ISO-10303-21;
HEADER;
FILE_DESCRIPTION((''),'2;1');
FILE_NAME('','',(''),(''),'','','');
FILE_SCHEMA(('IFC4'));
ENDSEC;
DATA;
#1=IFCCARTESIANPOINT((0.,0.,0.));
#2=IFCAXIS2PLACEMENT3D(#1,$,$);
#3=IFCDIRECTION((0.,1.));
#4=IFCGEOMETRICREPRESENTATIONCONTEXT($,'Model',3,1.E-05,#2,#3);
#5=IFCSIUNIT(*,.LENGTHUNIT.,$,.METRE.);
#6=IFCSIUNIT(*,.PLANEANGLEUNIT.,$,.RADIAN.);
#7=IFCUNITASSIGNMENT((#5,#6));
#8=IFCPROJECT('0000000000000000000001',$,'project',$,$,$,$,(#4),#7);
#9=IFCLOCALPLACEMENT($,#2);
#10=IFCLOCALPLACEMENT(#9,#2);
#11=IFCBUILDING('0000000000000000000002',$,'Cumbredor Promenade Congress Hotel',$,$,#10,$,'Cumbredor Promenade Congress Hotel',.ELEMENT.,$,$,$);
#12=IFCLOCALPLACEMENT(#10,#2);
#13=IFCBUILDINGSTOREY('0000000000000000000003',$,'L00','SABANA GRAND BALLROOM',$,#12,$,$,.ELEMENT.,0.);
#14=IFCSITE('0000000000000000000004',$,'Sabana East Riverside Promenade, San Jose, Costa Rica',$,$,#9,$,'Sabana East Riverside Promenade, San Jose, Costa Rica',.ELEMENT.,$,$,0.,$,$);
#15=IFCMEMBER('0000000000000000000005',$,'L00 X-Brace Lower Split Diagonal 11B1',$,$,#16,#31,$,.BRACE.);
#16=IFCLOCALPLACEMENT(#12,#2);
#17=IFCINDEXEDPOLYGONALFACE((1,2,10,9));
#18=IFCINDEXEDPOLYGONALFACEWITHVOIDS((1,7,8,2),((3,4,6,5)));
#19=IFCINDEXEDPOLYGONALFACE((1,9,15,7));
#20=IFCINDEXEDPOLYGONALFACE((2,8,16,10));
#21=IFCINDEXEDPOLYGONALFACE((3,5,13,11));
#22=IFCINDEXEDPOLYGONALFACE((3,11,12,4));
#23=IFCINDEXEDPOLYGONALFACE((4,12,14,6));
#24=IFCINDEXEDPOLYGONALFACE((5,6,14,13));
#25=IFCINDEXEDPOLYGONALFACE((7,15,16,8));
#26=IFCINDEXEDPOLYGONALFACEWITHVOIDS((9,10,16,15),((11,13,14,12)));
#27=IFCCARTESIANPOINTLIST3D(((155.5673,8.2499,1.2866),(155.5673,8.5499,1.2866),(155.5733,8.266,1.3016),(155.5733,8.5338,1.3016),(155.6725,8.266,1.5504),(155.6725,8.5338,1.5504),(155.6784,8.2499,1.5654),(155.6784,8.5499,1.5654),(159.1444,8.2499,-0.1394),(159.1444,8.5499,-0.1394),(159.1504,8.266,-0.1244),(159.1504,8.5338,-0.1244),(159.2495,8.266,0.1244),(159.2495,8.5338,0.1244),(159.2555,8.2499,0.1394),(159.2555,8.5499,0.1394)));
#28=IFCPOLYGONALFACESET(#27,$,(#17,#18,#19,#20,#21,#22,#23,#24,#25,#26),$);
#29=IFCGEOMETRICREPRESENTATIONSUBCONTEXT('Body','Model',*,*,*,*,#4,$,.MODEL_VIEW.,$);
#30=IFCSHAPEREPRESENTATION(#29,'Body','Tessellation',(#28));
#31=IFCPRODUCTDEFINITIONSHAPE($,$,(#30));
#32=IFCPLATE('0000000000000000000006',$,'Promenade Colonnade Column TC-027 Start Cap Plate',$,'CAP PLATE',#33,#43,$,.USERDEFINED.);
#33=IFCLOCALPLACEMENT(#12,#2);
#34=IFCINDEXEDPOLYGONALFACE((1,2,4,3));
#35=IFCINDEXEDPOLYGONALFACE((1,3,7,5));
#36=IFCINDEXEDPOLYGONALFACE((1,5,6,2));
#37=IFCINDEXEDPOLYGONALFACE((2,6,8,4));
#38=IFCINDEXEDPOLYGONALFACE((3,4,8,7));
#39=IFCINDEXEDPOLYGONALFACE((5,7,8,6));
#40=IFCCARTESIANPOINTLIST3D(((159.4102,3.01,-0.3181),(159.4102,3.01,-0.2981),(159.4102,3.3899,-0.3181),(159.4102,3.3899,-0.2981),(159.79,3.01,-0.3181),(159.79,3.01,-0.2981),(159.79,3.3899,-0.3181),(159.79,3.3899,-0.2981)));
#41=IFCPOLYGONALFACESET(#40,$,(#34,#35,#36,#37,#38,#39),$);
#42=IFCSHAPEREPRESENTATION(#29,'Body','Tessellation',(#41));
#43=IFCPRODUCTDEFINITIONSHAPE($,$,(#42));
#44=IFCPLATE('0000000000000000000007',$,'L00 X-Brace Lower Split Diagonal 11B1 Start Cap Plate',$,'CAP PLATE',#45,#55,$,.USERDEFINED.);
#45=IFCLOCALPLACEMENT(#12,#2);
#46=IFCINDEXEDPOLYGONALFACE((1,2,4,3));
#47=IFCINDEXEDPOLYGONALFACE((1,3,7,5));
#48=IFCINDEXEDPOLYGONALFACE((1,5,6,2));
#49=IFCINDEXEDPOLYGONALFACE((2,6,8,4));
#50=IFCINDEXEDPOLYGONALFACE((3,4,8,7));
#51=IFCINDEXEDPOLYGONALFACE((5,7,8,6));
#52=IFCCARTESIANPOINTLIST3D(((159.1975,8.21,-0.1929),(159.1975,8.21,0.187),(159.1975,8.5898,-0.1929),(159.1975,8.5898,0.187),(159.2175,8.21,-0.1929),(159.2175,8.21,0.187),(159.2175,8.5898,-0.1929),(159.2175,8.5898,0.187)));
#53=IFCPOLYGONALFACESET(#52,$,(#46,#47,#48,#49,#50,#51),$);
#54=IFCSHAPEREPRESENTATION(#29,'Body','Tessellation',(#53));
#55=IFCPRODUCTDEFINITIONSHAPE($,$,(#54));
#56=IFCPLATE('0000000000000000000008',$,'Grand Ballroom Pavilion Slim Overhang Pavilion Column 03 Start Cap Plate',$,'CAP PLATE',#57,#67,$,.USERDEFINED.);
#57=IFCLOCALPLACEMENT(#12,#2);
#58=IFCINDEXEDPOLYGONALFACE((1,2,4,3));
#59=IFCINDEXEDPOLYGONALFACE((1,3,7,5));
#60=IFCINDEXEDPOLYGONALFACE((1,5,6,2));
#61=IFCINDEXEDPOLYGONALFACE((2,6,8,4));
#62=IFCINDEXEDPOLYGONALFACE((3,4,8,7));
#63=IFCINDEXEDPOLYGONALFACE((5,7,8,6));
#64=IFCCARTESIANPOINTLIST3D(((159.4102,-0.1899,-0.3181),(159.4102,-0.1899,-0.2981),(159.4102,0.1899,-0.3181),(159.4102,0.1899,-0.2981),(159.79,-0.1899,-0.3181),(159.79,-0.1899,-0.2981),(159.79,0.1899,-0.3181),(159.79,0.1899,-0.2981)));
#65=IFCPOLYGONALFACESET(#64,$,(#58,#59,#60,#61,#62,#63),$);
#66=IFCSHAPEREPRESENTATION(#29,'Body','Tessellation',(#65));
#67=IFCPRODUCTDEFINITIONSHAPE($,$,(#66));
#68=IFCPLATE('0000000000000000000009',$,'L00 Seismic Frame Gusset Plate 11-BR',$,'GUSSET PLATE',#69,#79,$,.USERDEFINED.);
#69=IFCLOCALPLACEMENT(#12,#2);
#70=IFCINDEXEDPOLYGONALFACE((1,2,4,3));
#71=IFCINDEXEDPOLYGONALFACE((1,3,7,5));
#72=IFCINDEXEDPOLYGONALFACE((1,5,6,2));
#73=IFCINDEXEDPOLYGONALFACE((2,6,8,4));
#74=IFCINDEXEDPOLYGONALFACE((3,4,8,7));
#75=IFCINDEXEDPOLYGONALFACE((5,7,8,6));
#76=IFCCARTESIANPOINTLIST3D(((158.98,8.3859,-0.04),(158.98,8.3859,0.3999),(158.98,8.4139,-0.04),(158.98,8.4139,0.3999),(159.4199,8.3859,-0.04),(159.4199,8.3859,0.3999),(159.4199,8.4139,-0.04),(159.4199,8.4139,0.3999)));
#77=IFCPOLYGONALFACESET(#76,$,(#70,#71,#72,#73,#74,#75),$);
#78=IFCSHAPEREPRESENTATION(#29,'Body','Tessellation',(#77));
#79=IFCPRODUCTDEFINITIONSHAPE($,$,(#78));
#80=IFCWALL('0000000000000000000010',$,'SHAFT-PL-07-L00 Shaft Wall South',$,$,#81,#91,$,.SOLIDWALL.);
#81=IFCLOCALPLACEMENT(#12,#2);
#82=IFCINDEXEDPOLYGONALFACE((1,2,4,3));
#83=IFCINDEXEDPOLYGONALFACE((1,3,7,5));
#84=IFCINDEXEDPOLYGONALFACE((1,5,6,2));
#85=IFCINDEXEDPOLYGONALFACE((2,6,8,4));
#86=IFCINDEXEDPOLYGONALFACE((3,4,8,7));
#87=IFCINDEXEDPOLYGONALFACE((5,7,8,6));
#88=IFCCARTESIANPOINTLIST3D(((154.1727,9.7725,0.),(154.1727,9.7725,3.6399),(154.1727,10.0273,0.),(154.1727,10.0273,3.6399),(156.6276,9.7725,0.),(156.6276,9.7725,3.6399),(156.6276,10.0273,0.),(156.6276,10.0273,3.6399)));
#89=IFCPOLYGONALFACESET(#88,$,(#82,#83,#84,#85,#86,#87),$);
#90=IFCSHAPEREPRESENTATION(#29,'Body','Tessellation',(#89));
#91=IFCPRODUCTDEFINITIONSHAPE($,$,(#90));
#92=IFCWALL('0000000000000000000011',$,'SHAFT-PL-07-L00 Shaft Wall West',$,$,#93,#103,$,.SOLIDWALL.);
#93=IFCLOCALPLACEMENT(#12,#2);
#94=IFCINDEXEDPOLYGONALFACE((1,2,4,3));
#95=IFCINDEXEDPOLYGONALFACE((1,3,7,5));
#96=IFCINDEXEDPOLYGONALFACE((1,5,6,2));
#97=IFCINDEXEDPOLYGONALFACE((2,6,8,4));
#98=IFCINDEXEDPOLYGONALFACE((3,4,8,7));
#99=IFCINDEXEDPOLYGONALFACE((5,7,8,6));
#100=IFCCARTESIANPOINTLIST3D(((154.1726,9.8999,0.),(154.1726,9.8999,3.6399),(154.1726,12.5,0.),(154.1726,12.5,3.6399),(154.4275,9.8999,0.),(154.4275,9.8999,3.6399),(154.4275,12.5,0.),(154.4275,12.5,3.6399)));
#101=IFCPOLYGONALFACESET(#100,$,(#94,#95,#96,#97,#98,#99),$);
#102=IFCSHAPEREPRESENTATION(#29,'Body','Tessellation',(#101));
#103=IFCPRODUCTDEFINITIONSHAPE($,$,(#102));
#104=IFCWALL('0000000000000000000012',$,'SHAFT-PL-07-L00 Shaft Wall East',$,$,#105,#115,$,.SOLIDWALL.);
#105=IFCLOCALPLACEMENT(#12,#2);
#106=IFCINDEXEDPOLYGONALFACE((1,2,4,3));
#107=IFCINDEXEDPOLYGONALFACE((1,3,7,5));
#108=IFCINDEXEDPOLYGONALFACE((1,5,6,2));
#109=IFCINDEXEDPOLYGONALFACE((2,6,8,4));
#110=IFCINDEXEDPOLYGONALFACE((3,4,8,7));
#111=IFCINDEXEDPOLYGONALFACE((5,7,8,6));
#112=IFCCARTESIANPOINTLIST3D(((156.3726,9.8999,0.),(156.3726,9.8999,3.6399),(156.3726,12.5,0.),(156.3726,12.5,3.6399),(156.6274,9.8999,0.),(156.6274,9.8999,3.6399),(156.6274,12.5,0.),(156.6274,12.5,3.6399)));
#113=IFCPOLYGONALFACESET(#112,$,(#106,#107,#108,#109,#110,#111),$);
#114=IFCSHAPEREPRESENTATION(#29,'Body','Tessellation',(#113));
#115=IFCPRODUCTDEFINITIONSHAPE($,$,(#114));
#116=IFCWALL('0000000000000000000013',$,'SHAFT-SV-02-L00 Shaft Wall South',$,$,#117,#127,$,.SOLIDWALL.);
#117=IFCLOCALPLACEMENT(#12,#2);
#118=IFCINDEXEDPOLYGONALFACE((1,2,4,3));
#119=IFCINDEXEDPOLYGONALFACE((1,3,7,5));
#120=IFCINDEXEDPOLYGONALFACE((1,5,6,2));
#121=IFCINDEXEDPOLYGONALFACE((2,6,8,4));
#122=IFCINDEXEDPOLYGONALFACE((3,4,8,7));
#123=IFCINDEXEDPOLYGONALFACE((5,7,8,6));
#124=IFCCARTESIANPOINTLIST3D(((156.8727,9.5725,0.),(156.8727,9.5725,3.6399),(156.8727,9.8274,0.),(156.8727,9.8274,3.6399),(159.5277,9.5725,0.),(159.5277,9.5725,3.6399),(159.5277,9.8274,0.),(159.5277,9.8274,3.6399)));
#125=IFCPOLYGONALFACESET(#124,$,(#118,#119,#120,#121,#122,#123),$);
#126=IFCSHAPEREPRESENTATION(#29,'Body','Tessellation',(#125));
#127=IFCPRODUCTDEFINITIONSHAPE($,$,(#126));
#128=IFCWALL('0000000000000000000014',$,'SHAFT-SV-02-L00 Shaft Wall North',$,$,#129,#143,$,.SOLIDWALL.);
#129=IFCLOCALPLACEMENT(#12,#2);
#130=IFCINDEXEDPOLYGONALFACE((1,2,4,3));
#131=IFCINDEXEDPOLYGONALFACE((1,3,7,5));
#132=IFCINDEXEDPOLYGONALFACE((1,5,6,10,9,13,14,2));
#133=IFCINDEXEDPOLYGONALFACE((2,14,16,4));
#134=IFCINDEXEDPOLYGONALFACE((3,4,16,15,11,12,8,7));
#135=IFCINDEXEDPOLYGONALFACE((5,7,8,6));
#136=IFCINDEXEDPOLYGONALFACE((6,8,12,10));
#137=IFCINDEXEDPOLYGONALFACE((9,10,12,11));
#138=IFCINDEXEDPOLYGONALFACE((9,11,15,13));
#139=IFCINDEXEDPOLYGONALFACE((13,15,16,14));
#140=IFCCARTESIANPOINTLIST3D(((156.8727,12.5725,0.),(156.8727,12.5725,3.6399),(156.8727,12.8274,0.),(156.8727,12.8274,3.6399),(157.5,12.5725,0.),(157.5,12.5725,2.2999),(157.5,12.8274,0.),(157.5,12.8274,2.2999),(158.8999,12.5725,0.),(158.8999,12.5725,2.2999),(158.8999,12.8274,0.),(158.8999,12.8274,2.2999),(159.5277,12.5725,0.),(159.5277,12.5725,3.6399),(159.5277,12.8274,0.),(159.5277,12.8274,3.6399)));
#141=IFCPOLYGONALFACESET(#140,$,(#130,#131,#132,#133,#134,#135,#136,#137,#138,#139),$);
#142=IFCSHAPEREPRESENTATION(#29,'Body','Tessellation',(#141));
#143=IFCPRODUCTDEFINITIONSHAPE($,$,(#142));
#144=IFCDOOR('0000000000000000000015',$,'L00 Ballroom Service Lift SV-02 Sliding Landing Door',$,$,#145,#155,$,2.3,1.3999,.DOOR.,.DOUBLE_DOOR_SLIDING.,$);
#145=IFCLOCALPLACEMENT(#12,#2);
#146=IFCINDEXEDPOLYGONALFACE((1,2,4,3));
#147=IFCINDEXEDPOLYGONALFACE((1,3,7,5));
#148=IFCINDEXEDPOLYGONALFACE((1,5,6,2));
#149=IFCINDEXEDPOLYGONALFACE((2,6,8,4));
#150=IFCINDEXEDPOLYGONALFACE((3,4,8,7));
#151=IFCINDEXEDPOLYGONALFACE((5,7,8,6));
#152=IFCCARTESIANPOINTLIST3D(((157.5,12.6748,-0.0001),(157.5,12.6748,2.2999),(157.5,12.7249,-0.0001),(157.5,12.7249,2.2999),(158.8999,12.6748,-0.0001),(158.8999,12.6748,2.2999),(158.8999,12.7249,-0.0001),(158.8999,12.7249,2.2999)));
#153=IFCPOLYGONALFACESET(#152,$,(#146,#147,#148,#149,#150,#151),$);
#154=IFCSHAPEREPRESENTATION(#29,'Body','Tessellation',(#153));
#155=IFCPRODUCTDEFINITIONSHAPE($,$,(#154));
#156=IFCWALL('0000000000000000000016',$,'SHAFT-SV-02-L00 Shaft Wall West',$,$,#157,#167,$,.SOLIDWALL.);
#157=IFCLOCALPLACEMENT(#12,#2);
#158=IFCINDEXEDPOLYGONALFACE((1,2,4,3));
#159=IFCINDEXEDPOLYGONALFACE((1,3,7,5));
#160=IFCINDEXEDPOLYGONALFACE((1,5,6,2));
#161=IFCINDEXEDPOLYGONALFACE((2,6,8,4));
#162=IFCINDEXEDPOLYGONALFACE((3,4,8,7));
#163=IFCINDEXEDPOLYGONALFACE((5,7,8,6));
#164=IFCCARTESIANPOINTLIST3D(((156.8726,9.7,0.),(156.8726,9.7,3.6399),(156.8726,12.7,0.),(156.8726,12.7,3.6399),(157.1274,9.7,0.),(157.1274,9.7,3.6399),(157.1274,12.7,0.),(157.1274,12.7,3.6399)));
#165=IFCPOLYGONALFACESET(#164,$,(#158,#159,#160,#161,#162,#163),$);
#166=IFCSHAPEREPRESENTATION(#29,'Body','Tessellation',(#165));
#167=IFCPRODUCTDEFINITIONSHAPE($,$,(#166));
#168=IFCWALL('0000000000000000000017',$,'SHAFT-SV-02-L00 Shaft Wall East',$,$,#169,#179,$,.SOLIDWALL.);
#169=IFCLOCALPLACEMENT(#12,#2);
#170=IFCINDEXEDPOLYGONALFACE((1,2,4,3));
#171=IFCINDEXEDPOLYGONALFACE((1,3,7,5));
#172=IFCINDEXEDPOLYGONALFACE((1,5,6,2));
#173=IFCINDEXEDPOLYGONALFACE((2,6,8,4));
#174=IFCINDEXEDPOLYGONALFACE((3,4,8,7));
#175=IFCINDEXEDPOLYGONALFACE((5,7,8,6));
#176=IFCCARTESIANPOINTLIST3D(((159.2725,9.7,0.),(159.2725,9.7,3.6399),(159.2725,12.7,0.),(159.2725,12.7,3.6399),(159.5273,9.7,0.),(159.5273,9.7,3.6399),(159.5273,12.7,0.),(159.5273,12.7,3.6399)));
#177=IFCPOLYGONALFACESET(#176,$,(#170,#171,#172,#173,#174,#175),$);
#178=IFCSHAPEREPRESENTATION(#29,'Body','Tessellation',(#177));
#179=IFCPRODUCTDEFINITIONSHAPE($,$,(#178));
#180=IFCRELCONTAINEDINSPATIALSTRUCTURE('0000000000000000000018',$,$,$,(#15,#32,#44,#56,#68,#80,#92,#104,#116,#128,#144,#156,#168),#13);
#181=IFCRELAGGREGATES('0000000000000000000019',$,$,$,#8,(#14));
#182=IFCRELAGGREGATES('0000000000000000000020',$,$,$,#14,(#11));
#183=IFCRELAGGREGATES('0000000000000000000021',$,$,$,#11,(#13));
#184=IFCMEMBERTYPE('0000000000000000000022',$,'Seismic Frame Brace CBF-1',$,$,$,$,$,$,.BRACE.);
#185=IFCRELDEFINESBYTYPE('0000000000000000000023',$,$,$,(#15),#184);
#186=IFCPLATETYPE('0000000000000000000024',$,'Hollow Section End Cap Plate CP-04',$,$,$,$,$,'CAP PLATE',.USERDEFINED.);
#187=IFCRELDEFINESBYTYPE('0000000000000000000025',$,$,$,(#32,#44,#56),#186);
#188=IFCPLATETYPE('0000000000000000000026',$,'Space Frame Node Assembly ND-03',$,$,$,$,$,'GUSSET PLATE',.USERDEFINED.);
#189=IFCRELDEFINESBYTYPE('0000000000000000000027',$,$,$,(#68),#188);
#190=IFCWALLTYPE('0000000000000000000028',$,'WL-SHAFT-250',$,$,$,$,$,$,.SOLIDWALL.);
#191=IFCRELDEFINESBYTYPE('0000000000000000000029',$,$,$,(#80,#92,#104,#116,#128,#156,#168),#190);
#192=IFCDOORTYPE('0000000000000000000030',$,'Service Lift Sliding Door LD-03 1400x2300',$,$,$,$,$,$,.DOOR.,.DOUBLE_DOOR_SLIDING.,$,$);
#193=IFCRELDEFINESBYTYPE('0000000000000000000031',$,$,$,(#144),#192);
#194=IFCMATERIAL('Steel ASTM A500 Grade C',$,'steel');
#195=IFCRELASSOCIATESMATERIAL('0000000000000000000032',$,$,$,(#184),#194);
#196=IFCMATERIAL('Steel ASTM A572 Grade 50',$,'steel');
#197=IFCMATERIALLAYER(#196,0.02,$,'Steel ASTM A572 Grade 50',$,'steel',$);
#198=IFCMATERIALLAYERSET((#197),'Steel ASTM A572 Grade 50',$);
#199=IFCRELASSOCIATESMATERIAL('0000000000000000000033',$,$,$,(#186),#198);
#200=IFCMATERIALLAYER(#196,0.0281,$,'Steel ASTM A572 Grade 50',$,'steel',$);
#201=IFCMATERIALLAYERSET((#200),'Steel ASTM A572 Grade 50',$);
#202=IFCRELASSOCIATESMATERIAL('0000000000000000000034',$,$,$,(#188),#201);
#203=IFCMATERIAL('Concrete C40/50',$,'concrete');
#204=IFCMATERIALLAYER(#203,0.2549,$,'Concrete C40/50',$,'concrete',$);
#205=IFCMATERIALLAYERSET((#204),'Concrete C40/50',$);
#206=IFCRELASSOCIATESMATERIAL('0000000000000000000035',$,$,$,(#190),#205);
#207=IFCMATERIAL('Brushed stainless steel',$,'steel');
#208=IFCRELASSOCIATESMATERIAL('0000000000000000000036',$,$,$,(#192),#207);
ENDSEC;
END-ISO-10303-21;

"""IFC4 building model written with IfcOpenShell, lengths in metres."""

from ifc_helpers import new_model, si_unit, direction, frame, frame_2d, origin, origin_2d, place, context, subcontext, project, spatial, rectangle, hollow_rectangle, extrude, material, layer, layer_set, material_profile, profile_set, type_object, element, fill, save


model = new_model("IFC4")

# Units and contexts
model_context = context("Model", 3, precision=1e-05, world=origin(), true_north=direction((0.0, 1.0)))
body_context = subcontext(model_context, "Body", "Model", "MODEL_VIEW")
ifc_project = project(units=[si_unit("LENGTHUNIT", "METRE"), si_unit("PLANEANGLEUNIT", "RADIAN")], contexts=[model_context])

# Site, building, storey
site_placement = place(None, origin())
site = spatial("IfcSite", under=ifc_project, at=site_placement, Name="Sabana East Riverside Promenade, San Jose, Costa Rica", LongName="Sabana East Riverside Promenade, San Jose, Costa Rica", CompositionType="ELEMENT", RefElevation=0.0)
building_placement = place(site_placement, origin())
building = spatial("IfcBuilding", under=site, at=building_placement, Name="Cumbredor Promenade Congress Hotel", LongName="Cumbredor Promenade Congress Hotel", CompositionType="ELEMENT")
storey_placement = place(building_placement, origin())
storey = spatial("IfcBuildingStorey", under=building, at=storey_placement, Name="L00", Description="SABANA GRAND BALLROOM", CompositionType="ELEMENT", Elevation=0.0)

# Shared definitions
ifc_material_1 = material(Name="Steel ASTM A500 Grade C", Category="steel")

# Member
ifc_material_profile_1 = material_profile(ifc_material_1, hollow_rectangle(XDim=0.3, YDim=0.3, WallThickness=0.0161, at=origin_2d()), Name="HSS 300x300x16")
ifc_profile_set_1 = profile_set([ifc_material_profile_1], Name="Steel ASTM A500 Grade C")
member_type_1 = type_object("IfcMemberType", Name="Seismic Frame Brace CBF-1", PredefinedType="BRACE", material=ifc_profile_set_1)
member_1_placement = place(storey_placement, frame((159.2, 8.3999, 0.0), z_axis=(-0.928909, 0.0, 0.370308), x_axis=(0.0, -1.0, 0.0)))
element("IfcMember", 1, at=member_1_placement, inside=storey, type_object=member_type_1, Name="L00 X-Brace Lower Split Diagonal 11B1", PredefinedType="BRACE", context=body_context, shape_type="SweptSolid", body=[
    extrude(hollow_rectangle(XDim=0.3, YDim=0.3, WallThickness=0.0161, at=origin_2d()), origin(), (0.0, 0.0, 1.0), 3.8508),
])

# Plates
ifc_material_2 = material(Name="Steel ASTM A572 Grade 50", Category="steel")
ifc_layer_1 = layer(ifc_material_2, 0.02, Name="Steel ASTM A572 Grade 50", Category="steel")
ifc_layer_set_1 = layer_set([ifc_layer_1], Name="Steel ASTM A572 Grade 50")
plate_type_1 = type_object("IfcPlateType", Name="Hollow Section End Cap Plate CP-04", ElementType="CAP PLATE", PredefinedType="USERDEFINED", material=ifc_layer_set_1)
plate_1_placement = place(storey_placement, frame((159.6001, 3.2, -0.3181), z_axis=(0.0, 0.0, 1.0), x_axis=(1.0, 0.0, 0.0)))
element("IfcPlate", 2, at=plate_1_placement, inside=storey, type_object=plate_type_1, Name="Promenade Colonnade Column TC-027 Start Cap Plate", ObjectType="CAP PLATE", PredefinedType="USERDEFINED", context=body_context, shape_type="SweptSolid", body=[
    extrude(rectangle(XDim=0.3799, YDim=0.3799, at=origin_2d()), origin(), (0.0, 0.0, 1.0), 0.02),
])
plate_2_placement = place(storey_placement, frame((159.2075, 8.3999, -0.1929), z_axis=(0.0, 0.0, 1.0), x_axis=(-1.0, 0.0, 0.0)))
element("IfcPlate", 3, at=plate_2_placement, inside=storey, type_object=plate_type_1, Name="L00 X-Brace Lower Split Diagonal 11B1 Start Cap Plate", ObjectType="CAP PLATE", PredefinedType="USERDEFINED", context=body_context, shape_type="SweptSolid", body=[
    extrude(rectangle(XDim=0.02, YDim=0.3799, at=origin_2d()), origin(), (0.0, 0.0, 1.0), 0.3799),
])
plate_3_placement = place(storey_placement, frame((159.6001, 0.0, -0.3181), z_axis=(0.0, 0.0, 1.0), x_axis=(1.0, 0.0, 0.0)))
element("IfcPlate", 4, at=plate_3_placement, inside=storey, type_object=plate_type_1, Name="Grand Ballroom Pavilion Slim Overhang Pavilion Column 03 Start Cap Plate", ObjectType="CAP PLATE", PredefinedType="USERDEFINED", context=body_context, shape_type="SweptSolid", body=[
    extrude(rectangle(XDim=0.3799, YDim=0.3799, at=origin_2d()), origin(), (0.0, 0.0, 1.0), 0.02),
])
ifc_layer_2 = layer(ifc_material_2, 0.0281, Name="Steel ASTM A572 Grade 50", Category="steel")
ifc_layer_set_2 = layer_set([ifc_layer_2], Name="Steel ASTM A572 Grade 50")
plate_type_2 = type_object("IfcPlateType", Name="Space Frame Node Assembly ND-03", ElementType="GUSSET PLATE", PredefinedType="USERDEFINED", material=ifc_layer_set_2)
plate_4_placement = place(storey_placement, frame((159.2, 8.3999, -0.04), z_axis=(0.0, 0.0, 1.0), x_axis=(1.0, 0.0, 0.0)))
element("IfcPlate", 5, at=plate_4_placement, inside=storey, type_object=plate_type_2, Name="L00 Seismic Frame Gusset Plate 11-BR", ObjectType="GUSSET PLATE", PredefinedType="USERDEFINED", context=body_context, shape_type="SweptSolid", body=[
    extrude(rectangle(XDim=0.4399, YDim=0.0281, at=origin_2d()), origin(), (0.0, 0.0, 1.0), 0.4399),
])

# Wall
ifc_material_3 = material(Name="Concrete C40/50", Category="concrete")
ifc_layer_3 = layer(ifc_material_3, 0.2549, Name="Concrete C40/50", Category="concrete")
ifc_layer_set_3 = layer_set([ifc_layer_3], Name="Concrete C40/50")
wall_type = type_object("IfcWallType", Name="WL-SHAFT-250", PredefinedType="SOLIDWALL", material=ifc_layer_set_3)
wall_1_placement = place(storey_placement, frame((154.1726, 9.8999, 0.0), z_axis=(0.0, 0.0, 1.0), x_axis=(1.0, 0.0, 0.0)))
element("IfcWall", 6, at=wall_1_placement, inside=storey, type_object=wall_type, Name="SHAFT-PL-07-L00 Shaft Wall South", PredefinedType="SOLIDWALL", context=body_context, shape_type="SweptSolid", body=[
    extrude(rectangle(XDim=2.4548, YDim=0.2549, at=frame_2d((1.2275, 0.0))), origin(), (0.0, 0.0, 1.0), 3.6399),
])

# Shared definitions
ifc_material_4 = material(Name="Brushed stainless steel", Category="steel")

# Walls
for number, where, z_axis, x_axis, name in (
    (7, (154.3, 9.8999, 0.0), (0.0, 0.0, 1.0), (0.0, 1.0, 0.0), "SHAFT-PL-07-L00 Shaft Wall West"),
    (8, (156.5, 9.8999, 0.0), (0.0, 0.0, 1.0), (0.0, 1.0, 0.0), "SHAFT-PL-07-L00 Shaft Wall East"),
):
    element("IfcWall", number, at=place(storey_placement, frame(where, z_axis=z_axis, x_axis=x_axis)), inside=storey, type_object=wall_type, Name=name, PredefinedType="SOLIDWALL", context=body_context, shape_type="SweptSolid", body=[
        extrude(rectangle(XDim=2.6001, YDim=0.2549, at=frame_2d((1.3, 0.0))), origin(), (0.0, 0.0, 1.0), 3.6399),
    ])
wall_2_placement = place(storey_placement, frame((156.8726, 9.7, 0.0), z_axis=(0.0, 0.0, 1.0), x_axis=(1.0, 0.0, 0.0)))
element("IfcWall", 9, at=wall_2_placement, inside=storey, type_object=wall_type, Name="SHAFT-SV-02-L00 Shaft Wall South", PredefinedType="SOLIDWALL", context=body_context, shape_type="SweptSolid", body=[
    extrude(rectangle(XDim=2.655, YDim=0.2549, at=frame_2d((1.3276, 0.0))), origin(), (0.0, 0.0, 1.0), 3.6399),
])

# Wall, opening, door
wall_3_placement = place(storey_placement, frame((156.8726, 12.7, 0.0), z_axis=(0.0, 0.0, 1.0), x_axis=(1.0, 0.0, 0.0)))
wall_3 = element("IfcWall", 10, at=wall_3_placement, inside=storey, type_object=wall_type, Name="SHAFT-SV-02-L00 Shaft Wall North", PredefinedType="SOLIDWALL", context=body_context, shape_type="SweptSolid", body=[
    extrude(rectangle(XDim=2.655, YDim=0.2549, at=frame_2d((1.3276, 0.0))), origin(), (0.0, 0.0, 1.0), 3.6399),
])
opening_1_placement = place(wall_3_placement, frame((0.6274, 0.0, 0.0)))
opening_1 = element("IfcOpeningElement", 11, at=opening_1_placement, cuts=wall_3, PredefinedType="OPENING", context=body_context, shape_type="SweptSolid", body=[
    extrude(rectangle(XDim=1.3999, YDim=2.3, at=frame_2d((0.7, 1.1499))), frame((0.0, 0.1375, 0.0), z_axis=(0.0, -1.0, 0.0), x_axis=(1.0, 0.0, 0.0)), (0.0, 0.0, 1.0), 0.2749),
])
door_type_1 = type_object("IfcDoorType", Name="Service Lift Sliding Door LD-03 1400x2300", OperationType="DOUBLE_DOOR_SLIDING", PredefinedType="DOOR", material=ifc_material_4)
door_1_placement = place(opening_1_placement, origin())
door_1 = element("IfcDoor", 12, at=door_1_placement, inside=storey, type_object=door_type_1, Name="L00 Ballroom Service Lift SV-02 Sliding Landing Door", OperationType="DOUBLE_DOOR_SLIDING", OverallHeight=2.3, OverallWidth=1.3999, PredefinedType="DOOR", context=body_context, shape_type="SweptSolid", body=[
    extrude(rectangle(XDim=1.3999, YDim=2.3, at=frame_2d((0.7, 1.1499))), frame((0.0, 0.0249, 0.0), z_axis=(0.0, -1.0, 0.0), x_axis=(1.0, 0.0, 0.0)), (0.0, 0.0, 1.0), 0.05),
])
fill(opening_1, door_1)

# Walls
for number, where, z_axis, x_axis, name in (
    (13, (157.0, 9.7, 0.0), (0.0, 0.0, 1.0), (0.0, 1.0, 0.0), "SHAFT-SV-02-L00 Shaft Wall West"),
    (14, (159.3999, 9.7, 0.0), (0.0, 0.0, 1.0), (0.0, 1.0, 0.0), "SHAFT-SV-02-L00 Shaft Wall East"),
):
    element("IfcWall", number, at=place(storey_placement, frame(where, z_axis=z_axis, x_axis=x_axis)), inside=storey, type_object=wall_type, Name=name, PredefinedType="SOLIDWALL", context=body_context, shape_type="SweptSolid", body=[
        extrude(rectangle(XDim=3.0, YDim=0.2549, at=frame_2d((1.5, 0.0))), origin(), (0.0, 0.0, 1.0), 3.6399),
    ])

save(model, "model.ifc")
